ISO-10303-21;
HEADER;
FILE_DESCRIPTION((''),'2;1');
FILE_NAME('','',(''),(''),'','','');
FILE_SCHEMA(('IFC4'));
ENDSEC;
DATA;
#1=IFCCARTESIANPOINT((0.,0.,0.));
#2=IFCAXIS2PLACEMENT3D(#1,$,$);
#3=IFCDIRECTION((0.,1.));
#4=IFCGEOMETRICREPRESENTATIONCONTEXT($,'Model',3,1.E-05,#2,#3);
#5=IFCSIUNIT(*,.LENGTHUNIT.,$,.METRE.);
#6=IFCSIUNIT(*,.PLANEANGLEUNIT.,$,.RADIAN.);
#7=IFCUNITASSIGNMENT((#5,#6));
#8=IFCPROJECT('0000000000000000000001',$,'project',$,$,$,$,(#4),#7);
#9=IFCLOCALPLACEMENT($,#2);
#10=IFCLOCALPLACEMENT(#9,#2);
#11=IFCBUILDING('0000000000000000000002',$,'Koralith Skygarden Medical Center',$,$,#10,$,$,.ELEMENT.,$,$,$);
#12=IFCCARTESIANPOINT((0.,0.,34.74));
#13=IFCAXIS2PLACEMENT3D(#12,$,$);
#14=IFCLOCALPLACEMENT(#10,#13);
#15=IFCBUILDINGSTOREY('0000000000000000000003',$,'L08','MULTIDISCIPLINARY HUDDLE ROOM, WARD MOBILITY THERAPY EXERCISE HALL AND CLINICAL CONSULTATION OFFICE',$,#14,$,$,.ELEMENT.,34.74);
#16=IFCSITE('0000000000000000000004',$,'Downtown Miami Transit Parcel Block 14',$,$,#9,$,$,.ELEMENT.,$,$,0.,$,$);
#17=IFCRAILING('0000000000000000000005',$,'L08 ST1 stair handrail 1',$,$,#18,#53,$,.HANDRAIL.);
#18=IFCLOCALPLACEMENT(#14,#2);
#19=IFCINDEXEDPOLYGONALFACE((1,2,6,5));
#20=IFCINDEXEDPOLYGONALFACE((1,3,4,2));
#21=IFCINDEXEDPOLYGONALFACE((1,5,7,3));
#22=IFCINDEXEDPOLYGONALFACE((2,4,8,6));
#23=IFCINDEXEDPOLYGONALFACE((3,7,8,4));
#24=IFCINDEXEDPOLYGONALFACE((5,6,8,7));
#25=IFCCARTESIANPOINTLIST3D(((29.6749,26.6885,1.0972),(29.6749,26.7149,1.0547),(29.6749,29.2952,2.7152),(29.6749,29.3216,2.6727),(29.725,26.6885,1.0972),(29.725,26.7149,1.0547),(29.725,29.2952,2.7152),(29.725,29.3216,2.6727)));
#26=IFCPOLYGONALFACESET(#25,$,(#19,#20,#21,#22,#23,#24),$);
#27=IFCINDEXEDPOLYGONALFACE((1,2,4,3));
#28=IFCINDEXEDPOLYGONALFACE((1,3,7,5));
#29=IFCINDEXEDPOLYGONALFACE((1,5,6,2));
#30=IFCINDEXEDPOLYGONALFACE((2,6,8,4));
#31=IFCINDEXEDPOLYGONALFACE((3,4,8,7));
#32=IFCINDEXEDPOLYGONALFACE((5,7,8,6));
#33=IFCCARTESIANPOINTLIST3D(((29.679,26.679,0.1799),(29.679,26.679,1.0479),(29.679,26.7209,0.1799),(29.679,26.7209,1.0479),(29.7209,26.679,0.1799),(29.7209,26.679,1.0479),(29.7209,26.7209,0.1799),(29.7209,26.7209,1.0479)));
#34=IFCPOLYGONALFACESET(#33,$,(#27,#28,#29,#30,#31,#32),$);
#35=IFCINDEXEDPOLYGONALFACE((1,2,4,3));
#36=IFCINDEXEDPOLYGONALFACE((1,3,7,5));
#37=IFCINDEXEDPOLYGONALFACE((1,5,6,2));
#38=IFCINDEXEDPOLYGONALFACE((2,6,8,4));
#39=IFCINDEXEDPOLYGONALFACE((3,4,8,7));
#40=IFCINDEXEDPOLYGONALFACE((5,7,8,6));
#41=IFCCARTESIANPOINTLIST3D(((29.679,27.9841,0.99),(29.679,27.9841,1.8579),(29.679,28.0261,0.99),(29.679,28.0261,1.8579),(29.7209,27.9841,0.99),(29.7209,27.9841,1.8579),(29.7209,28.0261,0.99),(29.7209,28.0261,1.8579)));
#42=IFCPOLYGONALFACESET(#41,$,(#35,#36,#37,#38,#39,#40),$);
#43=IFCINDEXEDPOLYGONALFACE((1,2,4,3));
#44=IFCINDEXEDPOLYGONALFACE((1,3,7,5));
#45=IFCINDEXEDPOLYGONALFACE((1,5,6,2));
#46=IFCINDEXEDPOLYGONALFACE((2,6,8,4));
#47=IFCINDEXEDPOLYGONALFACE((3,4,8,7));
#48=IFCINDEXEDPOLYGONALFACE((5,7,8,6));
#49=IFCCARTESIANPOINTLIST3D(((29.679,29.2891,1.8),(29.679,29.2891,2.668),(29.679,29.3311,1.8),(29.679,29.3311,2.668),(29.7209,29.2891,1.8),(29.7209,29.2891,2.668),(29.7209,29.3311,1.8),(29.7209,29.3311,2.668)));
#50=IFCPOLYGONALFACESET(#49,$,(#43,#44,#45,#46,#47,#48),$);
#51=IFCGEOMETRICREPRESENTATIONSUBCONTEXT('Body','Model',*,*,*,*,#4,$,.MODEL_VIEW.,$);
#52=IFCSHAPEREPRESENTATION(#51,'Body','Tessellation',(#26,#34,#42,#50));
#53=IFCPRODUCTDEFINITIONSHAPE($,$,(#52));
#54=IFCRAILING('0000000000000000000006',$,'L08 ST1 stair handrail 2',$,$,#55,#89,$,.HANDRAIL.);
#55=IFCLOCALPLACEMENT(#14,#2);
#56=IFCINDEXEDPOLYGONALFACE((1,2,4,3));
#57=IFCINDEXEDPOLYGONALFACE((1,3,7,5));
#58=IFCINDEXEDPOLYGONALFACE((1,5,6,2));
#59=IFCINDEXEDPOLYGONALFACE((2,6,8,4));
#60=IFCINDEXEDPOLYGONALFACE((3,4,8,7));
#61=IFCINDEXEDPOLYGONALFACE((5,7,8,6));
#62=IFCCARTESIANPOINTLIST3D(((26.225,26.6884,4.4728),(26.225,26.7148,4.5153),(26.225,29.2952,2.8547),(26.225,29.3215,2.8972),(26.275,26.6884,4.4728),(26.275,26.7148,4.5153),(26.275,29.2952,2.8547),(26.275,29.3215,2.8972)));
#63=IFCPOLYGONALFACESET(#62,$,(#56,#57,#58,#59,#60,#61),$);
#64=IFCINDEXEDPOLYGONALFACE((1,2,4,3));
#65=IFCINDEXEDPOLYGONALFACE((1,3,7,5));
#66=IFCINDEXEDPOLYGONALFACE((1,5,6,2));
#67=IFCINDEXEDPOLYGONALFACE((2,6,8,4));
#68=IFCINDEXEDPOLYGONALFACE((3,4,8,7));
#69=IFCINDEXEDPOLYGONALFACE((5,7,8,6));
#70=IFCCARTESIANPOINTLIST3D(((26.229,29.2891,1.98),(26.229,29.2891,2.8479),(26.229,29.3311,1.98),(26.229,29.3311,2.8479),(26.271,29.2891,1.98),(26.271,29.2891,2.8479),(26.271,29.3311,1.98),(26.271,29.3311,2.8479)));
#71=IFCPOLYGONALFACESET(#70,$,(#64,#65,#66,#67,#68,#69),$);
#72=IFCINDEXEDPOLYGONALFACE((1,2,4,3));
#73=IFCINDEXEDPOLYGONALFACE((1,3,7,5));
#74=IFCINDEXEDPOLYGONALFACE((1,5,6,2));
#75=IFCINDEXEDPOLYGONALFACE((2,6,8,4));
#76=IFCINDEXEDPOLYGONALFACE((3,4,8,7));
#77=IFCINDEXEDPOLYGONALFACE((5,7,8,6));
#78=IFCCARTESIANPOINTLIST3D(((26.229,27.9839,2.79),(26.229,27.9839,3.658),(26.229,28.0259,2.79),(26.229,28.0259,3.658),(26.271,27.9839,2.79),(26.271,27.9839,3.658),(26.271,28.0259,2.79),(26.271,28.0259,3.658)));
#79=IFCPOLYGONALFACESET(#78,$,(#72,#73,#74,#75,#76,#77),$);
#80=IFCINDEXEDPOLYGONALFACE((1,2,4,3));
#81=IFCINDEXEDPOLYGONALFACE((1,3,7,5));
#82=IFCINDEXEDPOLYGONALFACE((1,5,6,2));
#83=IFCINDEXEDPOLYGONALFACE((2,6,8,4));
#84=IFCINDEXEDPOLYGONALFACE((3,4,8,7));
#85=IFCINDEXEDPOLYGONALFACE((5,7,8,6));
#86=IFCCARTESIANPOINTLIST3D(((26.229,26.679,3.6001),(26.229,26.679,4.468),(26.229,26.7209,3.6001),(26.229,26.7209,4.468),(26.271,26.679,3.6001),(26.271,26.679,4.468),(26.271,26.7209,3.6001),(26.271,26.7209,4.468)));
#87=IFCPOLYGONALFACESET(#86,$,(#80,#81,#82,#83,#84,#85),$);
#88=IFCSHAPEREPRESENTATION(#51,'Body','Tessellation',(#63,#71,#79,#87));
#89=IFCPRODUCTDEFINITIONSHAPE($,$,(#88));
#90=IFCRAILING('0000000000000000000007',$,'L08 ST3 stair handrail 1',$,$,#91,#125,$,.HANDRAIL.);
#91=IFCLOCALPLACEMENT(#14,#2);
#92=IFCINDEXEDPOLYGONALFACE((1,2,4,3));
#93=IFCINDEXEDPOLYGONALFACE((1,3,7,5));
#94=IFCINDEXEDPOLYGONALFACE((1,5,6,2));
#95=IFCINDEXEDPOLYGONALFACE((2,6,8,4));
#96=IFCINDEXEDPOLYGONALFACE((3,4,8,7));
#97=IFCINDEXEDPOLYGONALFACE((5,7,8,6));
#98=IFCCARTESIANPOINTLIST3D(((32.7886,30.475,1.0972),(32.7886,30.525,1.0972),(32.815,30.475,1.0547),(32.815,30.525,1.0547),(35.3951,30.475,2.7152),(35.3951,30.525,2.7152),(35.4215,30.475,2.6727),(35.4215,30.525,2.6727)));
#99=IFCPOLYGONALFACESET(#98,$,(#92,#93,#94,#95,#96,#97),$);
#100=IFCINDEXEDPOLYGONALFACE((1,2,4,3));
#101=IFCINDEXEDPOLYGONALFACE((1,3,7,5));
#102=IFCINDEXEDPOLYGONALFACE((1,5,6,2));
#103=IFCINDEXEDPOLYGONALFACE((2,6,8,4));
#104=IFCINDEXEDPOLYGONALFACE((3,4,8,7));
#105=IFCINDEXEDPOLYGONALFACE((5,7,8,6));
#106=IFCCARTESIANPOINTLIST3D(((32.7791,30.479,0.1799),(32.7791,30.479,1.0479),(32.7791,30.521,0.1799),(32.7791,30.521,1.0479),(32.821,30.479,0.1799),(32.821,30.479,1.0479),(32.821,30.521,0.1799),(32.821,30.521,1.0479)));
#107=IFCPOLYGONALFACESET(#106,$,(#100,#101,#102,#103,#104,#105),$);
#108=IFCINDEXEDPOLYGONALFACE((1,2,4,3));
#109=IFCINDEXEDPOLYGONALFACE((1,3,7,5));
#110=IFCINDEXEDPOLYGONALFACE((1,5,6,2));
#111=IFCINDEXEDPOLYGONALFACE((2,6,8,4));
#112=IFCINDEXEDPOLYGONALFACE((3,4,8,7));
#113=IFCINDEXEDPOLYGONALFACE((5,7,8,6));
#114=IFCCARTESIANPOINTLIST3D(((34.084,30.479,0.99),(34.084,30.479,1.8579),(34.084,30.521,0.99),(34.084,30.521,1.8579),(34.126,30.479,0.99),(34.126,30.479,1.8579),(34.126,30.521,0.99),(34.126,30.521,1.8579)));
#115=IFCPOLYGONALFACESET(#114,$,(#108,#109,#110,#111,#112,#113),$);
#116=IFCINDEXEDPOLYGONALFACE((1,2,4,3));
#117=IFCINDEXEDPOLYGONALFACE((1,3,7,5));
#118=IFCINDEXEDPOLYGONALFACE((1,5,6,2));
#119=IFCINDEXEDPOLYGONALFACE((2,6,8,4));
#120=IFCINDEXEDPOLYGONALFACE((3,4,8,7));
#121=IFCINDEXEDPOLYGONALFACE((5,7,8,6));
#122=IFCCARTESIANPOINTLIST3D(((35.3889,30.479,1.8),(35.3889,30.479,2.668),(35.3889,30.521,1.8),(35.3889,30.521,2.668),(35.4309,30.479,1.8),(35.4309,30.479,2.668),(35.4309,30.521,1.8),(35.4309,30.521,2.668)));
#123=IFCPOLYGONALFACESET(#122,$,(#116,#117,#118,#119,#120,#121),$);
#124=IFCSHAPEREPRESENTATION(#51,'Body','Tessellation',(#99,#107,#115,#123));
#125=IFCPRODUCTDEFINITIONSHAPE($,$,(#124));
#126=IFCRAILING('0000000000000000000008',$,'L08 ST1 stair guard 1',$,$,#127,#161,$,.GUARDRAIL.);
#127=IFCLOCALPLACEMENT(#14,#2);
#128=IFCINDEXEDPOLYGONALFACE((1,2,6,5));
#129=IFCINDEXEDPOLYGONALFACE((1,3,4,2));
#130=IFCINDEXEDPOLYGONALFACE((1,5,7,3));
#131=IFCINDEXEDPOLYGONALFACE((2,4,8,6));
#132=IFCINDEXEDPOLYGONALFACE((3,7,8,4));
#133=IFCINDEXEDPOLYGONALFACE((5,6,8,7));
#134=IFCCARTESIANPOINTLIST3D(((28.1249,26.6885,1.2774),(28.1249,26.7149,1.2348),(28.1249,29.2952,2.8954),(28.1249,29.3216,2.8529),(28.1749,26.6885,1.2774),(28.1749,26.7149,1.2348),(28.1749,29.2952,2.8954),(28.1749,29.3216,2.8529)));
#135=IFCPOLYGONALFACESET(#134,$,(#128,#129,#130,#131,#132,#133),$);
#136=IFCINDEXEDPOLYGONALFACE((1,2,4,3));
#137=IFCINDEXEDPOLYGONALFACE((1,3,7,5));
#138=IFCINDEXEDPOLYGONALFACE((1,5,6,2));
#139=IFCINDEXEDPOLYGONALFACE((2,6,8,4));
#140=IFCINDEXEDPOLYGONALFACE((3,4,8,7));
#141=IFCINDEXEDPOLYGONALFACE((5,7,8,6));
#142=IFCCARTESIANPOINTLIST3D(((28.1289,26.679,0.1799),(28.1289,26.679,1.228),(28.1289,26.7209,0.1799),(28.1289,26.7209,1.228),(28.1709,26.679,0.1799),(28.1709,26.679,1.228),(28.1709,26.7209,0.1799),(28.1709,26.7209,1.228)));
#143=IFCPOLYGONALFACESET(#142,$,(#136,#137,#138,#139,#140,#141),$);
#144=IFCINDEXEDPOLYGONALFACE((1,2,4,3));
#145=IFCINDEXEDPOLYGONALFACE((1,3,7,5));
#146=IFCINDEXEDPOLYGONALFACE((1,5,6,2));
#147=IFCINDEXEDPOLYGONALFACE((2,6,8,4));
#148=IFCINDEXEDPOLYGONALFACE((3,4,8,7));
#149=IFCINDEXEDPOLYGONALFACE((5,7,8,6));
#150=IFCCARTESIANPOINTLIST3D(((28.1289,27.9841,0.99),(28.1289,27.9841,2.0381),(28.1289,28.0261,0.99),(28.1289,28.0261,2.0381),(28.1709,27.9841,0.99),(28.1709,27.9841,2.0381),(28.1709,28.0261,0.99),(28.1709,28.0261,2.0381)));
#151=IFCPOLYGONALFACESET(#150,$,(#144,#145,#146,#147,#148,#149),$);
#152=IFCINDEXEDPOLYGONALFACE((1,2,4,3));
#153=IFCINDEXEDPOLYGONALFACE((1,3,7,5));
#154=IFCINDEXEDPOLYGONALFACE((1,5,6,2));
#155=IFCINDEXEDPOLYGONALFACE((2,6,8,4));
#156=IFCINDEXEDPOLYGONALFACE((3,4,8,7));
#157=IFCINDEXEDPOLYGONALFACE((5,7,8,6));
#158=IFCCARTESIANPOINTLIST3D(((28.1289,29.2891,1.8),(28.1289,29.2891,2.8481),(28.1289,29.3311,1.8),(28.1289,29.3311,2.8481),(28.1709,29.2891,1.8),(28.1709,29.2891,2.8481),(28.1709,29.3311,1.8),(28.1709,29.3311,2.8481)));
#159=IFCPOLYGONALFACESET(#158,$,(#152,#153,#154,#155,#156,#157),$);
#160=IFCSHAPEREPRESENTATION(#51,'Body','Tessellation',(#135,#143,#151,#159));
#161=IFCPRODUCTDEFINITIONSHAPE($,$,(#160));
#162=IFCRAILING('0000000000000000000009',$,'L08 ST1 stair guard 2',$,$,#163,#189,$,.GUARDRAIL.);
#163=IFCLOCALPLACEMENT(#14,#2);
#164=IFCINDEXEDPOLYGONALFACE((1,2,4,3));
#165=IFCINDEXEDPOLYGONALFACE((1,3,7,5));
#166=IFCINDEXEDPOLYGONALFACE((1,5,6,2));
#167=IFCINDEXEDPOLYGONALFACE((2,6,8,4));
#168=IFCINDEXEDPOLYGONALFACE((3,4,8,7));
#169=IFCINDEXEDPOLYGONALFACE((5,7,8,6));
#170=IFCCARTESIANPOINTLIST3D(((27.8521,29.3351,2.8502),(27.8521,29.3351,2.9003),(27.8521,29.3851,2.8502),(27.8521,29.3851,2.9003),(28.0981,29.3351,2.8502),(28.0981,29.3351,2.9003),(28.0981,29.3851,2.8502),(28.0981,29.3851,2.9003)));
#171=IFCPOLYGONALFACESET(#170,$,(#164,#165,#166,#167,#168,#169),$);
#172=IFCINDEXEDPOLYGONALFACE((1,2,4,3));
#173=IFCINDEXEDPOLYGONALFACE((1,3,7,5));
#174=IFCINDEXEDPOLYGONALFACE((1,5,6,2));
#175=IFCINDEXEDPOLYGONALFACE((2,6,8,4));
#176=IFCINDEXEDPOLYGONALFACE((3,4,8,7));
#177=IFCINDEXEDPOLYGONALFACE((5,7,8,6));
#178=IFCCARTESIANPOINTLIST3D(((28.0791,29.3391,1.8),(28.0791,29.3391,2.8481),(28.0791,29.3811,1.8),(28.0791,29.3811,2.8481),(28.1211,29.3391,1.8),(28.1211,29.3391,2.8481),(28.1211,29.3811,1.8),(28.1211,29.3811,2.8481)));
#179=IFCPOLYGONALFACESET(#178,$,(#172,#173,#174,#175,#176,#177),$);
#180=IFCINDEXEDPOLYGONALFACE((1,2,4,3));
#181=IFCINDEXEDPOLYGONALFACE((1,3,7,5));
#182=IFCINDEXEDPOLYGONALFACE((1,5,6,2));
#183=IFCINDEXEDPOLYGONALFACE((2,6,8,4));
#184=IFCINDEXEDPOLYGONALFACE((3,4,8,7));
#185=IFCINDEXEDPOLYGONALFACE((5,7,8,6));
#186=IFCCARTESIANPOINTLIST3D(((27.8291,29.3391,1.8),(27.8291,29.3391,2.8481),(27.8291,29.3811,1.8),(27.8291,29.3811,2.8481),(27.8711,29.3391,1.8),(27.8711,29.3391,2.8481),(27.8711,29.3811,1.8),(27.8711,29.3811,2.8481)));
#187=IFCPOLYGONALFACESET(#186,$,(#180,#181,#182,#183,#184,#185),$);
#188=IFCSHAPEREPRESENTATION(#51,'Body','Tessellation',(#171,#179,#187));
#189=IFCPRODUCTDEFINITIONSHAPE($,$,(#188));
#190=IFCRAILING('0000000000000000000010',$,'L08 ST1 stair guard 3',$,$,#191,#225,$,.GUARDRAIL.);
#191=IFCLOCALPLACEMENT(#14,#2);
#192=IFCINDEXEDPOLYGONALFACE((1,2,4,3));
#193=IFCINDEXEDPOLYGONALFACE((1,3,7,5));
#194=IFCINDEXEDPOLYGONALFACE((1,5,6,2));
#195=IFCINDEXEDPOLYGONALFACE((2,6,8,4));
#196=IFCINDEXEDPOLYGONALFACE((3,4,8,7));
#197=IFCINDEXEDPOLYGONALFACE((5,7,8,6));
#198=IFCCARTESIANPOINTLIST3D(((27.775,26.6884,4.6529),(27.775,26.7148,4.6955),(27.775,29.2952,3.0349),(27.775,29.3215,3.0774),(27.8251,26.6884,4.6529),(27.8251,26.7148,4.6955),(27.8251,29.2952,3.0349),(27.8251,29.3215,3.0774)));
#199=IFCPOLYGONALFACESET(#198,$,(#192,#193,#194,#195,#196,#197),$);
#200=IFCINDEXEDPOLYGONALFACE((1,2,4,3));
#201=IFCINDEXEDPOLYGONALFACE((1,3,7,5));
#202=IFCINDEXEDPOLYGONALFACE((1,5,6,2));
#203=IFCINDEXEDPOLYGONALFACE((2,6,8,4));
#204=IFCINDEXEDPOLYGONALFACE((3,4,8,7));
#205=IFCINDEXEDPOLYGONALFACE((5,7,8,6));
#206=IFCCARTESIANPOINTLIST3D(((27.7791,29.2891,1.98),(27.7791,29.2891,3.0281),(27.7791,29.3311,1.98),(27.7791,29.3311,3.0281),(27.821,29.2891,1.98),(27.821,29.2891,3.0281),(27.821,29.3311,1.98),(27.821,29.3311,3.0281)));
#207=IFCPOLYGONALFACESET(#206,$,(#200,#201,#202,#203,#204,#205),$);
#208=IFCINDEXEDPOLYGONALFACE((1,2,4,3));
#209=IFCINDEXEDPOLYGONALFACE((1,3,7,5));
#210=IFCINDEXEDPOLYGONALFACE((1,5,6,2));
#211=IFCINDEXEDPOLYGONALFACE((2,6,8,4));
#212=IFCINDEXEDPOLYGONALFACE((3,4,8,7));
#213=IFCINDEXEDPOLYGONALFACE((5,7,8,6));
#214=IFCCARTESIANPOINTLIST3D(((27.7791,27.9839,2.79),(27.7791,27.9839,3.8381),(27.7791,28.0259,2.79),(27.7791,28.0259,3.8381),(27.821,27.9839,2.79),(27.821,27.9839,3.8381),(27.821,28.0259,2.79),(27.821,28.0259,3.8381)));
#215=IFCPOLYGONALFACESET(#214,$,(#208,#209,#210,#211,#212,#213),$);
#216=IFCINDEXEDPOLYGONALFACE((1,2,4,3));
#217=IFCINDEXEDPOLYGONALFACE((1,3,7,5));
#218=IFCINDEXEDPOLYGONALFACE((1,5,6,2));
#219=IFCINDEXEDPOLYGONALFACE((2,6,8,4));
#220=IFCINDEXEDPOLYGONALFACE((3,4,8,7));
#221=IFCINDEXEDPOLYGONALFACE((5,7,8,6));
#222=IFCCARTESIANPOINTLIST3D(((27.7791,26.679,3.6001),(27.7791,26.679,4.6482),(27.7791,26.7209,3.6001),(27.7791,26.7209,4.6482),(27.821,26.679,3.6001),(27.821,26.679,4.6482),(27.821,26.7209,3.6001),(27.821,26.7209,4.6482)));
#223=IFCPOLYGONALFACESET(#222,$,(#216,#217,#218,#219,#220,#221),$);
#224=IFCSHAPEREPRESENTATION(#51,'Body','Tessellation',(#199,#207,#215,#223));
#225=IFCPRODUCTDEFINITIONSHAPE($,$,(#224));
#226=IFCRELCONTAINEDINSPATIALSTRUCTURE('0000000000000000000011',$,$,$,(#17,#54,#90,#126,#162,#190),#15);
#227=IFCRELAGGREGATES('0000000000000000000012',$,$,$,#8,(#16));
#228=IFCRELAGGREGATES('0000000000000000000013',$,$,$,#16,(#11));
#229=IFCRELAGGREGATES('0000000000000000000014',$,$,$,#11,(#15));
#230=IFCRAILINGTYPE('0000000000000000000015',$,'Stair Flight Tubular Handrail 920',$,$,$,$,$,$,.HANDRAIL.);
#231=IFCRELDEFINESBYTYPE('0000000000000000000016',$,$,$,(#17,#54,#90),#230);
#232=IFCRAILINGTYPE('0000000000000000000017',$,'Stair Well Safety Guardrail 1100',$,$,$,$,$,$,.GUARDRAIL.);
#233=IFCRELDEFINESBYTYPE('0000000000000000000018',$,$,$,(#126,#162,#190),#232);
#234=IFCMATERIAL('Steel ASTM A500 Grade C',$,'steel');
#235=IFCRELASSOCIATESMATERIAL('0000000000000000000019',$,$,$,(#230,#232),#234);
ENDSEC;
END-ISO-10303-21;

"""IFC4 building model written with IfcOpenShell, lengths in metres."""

from ifc_helpers import new_model, si_unit, direction, frame, origin, origin_2d, place, context, subcontext, project, spatial, rectangle, extrude, material, type_object, element, save


model = new_model("IFC4")

# Units and contexts
model_context = context("Model", 3, precision=1e-05, world=origin(), true_north=direction((0.0, 1.0)))
body_context = subcontext(model_context, "Body", "Model", "MODEL_VIEW")
ifc_project = project(units=[si_unit("LENGTHUNIT", "METRE"), si_unit("PLANEANGLEUNIT", "RADIAN")], contexts=[model_context])

# Site, building, storey
site_placement = place(None, origin())
site = spatial("IfcSite", under=ifc_project, at=site_placement, Name="Downtown Miami Transit Parcel Block 14", CompositionType="ELEMENT", RefElevation=0.0)
building_placement = place(site_placement, origin())
building = spatial("IfcBuilding", under=site, at=building_placement, Name="Koralith Skygarden Medical Center", CompositionType="ELEMENT")
storey_placement = place(building_placement, frame((0.0, 0.0, 34.74)))
storey = spatial("IfcBuildingStorey", under=building, at=storey_placement, Name="L08", Description="MULTIDISCIPLINARY HUDDLE ROOM, WARD MOBILITY THERAPY EXERCISE HALL AND CLINICAL CONSULTATION OFFICE", CompositionType="ELEMENT", Elevation=34.74)

# Shared definitions
ifc_material_1 = material(Name="Steel ASTM A500 Grade C", Category="steel")

# Railings
railing_type_1 = type_object("IfcRailingType", Name="Stair Flight Tubular Handrail 920", PredefinedType="HANDRAIL", material=ifc_material_1)
railing_1_placement = place(storey_placement, frame((29.7, 26.7, 0.1799)))
element("IfcRailing", 1, at=railing_1_placement, inside=storey, type_object=railing_type_1, Name="L08 ST1 stair handrail 1", PredefinedType="HANDRAIL", context=body_context, shape_type="SweptSolid", body=[
    extrude(rectangle(XDim=0.05, YDim=0.05, at=origin_2d()), frame((0.0, 0.0017, 0.896), z_axis=(0.0, 0.849633, 0.527375), x_axis=(-1.0, 0.0, 0.0)), (0.0, 0.0, 1.0), 3.0681),
    extrude(rectangle(XDim=0.042, YDim=0.042, at=origin_2d()), origin(), (0.0, 0.0, 1.0), 0.8679),
    extrude(rectangle(XDim=0.042, YDim=0.042, at=origin_2d()), frame((0.0, 1.3052, 0.8101)), (0.0, 0.0, 1.0), 0.8679),
    extrude(rectangle(XDim=0.042, YDim=0.042, at=origin_2d()), frame((0.0, 2.6101, 1.6201)), (0.0, 0.0, 1.0), 0.8679),
])
railing_2_placement = place(storey_placement, frame((26.25, 29.3101, 1.98)))
element("IfcRailing", 2, at=railing_2_placement, inside=storey, type_object=railing_type_1, Name="L08 ST1 stair handrail 2", PredefinedType="HANDRAIL", context=body_context, shape_type="SweptSolid", body=[
    extrude(rectangle(XDim=0.05, YDim=0.05, at=origin_2d()), frame((0.0, -0.0017, 0.896), z_axis=(0.0, -0.849633, 0.527375), x_axis=(1.0, 0.0, 0.0)), (0.0, 0.0, 1.0), 3.0681),
    extrude(rectangle(XDim=0.042, YDim=0.042, at=origin_2d()), origin(), (0.0, 0.0, 1.0), 0.8679),
    extrude(rectangle(XDim=0.042, YDim=0.042, at=origin_2d()), frame((0.0, -1.3052, 0.8101)), (0.0, 0.0, 1.0), 0.8679),
    extrude(rectangle(XDim=0.042, YDim=0.042, at=origin_2d()), frame((0.0, -2.6101, 1.6201)), (0.0, 0.0, 1.0), 0.8679),
])
railing_3_placement = place(storey_placement, frame((32.8, 30.5, 0.1799)))
element("IfcRailing", 3, at=railing_3_placement, inside=storey, type_object=railing_type_1, Name="L08 ST3 stair handrail 1", PredefinedType="HANDRAIL", context=body_context, shape_type="SweptSolid", body=[
    extrude(rectangle(XDim=0.05, YDim=0.05, at=origin_2d()), frame((0.0017, 0.0, 0.896), z_axis=(0.849611, 0.0, 0.52741), x_axis=(0.0, 1.0, 0.0)), (0.0, 0.0, 1.0), 3.0679),
    extrude(rectangle(XDim=0.042, YDim=0.042, at=origin_2d()), origin(), (0.0, 0.0, 1.0), 0.8679),
    extrude(rectangle(XDim=0.042, YDim=0.042, at=origin_2d()), frame((1.3049, 0.0, 0.8101)), (0.0, 0.0, 1.0), 0.8679),
    extrude(rectangle(XDim=0.042, YDim=0.042, at=origin_2d()), frame((2.6099, 0.0, 1.6201)), (0.0, 0.0, 1.0), 0.8679),
])
railing_type_2 = type_object("IfcRailingType", Name="Stair Well Safety Guardrail 1100", PredefinedType="GUARDRAIL", material=ifc_material_1)
railing_4_placement = place(storey_placement, frame((28.1499, 26.7, 0.1799)))
element("IfcRailing", 4, at=railing_4_placement, inside=storey, type_object=railing_type_2, Name="L08 ST1 stair guard 1", PredefinedType="GUARDRAIL", context=body_context, shape_type="SweptSolid", body=[
    extrude(rectangle(XDim=0.05, YDim=0.05, at=origin_2d()), frame((0.0, 0.0017, 1.0762), z_axis=(0.0, 0.849633, 0.527375), x_axis=(-1.0, 0.0, 0.0)), (0.0, 0.0, 1.0), 3.0681),
    extrude(rectangle(XDim=0.042, YDim=0.042, at=origin_2d()), origin(), (0.0, 0.0, 1.0), 1.0481),
    extrude(rectangle(XDim=0.042, YDim=0.042, at=origin_2d()), frame((0.0, 1.3052, 0.8101)), (0.0, 0.0, 1.0), 1.0481),
    extrude(rectangle(XDim=0.042, YDim=0.042, at=origin_2d()), frame((0.0, 2.6101, 1.6201)), (0.0, 0.0, 1.0), 1.0481),
])
railing_5_placement = place(storey_placement, frame((28.1001, 29.3601, 1.8)))
element("IfcRailing", 5, at=railing_5_placement, inside=storey, type_object=railing_type_2, Name="L08 ST1 stair guard 2", PredefinedType="GUARDRAIL", context=body_context, shape_type="SweptSolid", body=[
    extrude(rectangle(XDim=0.05, YDim=0.05, at=origin_2d()), frame((-0.002, 0.0, 1.0752), z_axis=(-1.0, 0.0, 0.0), x_axis=(0.0, -1.0, 0.0)), (0.0, 0.0, 1.0), 0.2461),
    extrude(rectangle(XDim=0.042, YDim=0.042, at=origin_2d()), origin(), (0.0, 0.0, 1.0), 1.0481),
    extrude(rectangle(XDim=0.042, YDim=0.042, at=origin_2d()), frame((-0.25, 0.0, 0.0)), (0.0, 0.0, 1.0), 1.0481),
])
railing_6_placement = place(storey_placement, frame((27.8, 29.3101, 1.98)))
element("IfcRailing", 6, at=railing_6_placement, inside=storey, type_object=railing_type_2, Name="L08 ST1 stair guard 3", PredefinedType="GUARDRAIL", context=body_context, shape_type="SweptSolid", body=[
    extrude(rectangle(XDim=0.05, YDim=0.05, at=origin_2d()), frame((0.0, -0.0017, 1.0762), z_axis=(0.0, -0.849633, 0.527375), x_axis=(1.0, 0.0, 0.0)), (0.0, 0.0, 1.0), 3.0681),
    extrude(rectangle(XDim=0.042, YDim=0.042, at=origin_2d()), origin(), (0.0, 0.0, 1.0), 1.0481),
    extrude(rectangle(XDim=0.042, YDim=0.042, at=origin_2d()), frame((0.0, -1.3052, 0.8101)), (0.0, 0.0, 1.0), 1.0481),
    extrude(rectangle(XDim=0.042, YDim=0.042, at=origin_2d()), frame((0.0, -2.6101, 1.6201)), (0.0, 0.0, 1.0), 1.0481),
])

save(model, "model.ifc")
